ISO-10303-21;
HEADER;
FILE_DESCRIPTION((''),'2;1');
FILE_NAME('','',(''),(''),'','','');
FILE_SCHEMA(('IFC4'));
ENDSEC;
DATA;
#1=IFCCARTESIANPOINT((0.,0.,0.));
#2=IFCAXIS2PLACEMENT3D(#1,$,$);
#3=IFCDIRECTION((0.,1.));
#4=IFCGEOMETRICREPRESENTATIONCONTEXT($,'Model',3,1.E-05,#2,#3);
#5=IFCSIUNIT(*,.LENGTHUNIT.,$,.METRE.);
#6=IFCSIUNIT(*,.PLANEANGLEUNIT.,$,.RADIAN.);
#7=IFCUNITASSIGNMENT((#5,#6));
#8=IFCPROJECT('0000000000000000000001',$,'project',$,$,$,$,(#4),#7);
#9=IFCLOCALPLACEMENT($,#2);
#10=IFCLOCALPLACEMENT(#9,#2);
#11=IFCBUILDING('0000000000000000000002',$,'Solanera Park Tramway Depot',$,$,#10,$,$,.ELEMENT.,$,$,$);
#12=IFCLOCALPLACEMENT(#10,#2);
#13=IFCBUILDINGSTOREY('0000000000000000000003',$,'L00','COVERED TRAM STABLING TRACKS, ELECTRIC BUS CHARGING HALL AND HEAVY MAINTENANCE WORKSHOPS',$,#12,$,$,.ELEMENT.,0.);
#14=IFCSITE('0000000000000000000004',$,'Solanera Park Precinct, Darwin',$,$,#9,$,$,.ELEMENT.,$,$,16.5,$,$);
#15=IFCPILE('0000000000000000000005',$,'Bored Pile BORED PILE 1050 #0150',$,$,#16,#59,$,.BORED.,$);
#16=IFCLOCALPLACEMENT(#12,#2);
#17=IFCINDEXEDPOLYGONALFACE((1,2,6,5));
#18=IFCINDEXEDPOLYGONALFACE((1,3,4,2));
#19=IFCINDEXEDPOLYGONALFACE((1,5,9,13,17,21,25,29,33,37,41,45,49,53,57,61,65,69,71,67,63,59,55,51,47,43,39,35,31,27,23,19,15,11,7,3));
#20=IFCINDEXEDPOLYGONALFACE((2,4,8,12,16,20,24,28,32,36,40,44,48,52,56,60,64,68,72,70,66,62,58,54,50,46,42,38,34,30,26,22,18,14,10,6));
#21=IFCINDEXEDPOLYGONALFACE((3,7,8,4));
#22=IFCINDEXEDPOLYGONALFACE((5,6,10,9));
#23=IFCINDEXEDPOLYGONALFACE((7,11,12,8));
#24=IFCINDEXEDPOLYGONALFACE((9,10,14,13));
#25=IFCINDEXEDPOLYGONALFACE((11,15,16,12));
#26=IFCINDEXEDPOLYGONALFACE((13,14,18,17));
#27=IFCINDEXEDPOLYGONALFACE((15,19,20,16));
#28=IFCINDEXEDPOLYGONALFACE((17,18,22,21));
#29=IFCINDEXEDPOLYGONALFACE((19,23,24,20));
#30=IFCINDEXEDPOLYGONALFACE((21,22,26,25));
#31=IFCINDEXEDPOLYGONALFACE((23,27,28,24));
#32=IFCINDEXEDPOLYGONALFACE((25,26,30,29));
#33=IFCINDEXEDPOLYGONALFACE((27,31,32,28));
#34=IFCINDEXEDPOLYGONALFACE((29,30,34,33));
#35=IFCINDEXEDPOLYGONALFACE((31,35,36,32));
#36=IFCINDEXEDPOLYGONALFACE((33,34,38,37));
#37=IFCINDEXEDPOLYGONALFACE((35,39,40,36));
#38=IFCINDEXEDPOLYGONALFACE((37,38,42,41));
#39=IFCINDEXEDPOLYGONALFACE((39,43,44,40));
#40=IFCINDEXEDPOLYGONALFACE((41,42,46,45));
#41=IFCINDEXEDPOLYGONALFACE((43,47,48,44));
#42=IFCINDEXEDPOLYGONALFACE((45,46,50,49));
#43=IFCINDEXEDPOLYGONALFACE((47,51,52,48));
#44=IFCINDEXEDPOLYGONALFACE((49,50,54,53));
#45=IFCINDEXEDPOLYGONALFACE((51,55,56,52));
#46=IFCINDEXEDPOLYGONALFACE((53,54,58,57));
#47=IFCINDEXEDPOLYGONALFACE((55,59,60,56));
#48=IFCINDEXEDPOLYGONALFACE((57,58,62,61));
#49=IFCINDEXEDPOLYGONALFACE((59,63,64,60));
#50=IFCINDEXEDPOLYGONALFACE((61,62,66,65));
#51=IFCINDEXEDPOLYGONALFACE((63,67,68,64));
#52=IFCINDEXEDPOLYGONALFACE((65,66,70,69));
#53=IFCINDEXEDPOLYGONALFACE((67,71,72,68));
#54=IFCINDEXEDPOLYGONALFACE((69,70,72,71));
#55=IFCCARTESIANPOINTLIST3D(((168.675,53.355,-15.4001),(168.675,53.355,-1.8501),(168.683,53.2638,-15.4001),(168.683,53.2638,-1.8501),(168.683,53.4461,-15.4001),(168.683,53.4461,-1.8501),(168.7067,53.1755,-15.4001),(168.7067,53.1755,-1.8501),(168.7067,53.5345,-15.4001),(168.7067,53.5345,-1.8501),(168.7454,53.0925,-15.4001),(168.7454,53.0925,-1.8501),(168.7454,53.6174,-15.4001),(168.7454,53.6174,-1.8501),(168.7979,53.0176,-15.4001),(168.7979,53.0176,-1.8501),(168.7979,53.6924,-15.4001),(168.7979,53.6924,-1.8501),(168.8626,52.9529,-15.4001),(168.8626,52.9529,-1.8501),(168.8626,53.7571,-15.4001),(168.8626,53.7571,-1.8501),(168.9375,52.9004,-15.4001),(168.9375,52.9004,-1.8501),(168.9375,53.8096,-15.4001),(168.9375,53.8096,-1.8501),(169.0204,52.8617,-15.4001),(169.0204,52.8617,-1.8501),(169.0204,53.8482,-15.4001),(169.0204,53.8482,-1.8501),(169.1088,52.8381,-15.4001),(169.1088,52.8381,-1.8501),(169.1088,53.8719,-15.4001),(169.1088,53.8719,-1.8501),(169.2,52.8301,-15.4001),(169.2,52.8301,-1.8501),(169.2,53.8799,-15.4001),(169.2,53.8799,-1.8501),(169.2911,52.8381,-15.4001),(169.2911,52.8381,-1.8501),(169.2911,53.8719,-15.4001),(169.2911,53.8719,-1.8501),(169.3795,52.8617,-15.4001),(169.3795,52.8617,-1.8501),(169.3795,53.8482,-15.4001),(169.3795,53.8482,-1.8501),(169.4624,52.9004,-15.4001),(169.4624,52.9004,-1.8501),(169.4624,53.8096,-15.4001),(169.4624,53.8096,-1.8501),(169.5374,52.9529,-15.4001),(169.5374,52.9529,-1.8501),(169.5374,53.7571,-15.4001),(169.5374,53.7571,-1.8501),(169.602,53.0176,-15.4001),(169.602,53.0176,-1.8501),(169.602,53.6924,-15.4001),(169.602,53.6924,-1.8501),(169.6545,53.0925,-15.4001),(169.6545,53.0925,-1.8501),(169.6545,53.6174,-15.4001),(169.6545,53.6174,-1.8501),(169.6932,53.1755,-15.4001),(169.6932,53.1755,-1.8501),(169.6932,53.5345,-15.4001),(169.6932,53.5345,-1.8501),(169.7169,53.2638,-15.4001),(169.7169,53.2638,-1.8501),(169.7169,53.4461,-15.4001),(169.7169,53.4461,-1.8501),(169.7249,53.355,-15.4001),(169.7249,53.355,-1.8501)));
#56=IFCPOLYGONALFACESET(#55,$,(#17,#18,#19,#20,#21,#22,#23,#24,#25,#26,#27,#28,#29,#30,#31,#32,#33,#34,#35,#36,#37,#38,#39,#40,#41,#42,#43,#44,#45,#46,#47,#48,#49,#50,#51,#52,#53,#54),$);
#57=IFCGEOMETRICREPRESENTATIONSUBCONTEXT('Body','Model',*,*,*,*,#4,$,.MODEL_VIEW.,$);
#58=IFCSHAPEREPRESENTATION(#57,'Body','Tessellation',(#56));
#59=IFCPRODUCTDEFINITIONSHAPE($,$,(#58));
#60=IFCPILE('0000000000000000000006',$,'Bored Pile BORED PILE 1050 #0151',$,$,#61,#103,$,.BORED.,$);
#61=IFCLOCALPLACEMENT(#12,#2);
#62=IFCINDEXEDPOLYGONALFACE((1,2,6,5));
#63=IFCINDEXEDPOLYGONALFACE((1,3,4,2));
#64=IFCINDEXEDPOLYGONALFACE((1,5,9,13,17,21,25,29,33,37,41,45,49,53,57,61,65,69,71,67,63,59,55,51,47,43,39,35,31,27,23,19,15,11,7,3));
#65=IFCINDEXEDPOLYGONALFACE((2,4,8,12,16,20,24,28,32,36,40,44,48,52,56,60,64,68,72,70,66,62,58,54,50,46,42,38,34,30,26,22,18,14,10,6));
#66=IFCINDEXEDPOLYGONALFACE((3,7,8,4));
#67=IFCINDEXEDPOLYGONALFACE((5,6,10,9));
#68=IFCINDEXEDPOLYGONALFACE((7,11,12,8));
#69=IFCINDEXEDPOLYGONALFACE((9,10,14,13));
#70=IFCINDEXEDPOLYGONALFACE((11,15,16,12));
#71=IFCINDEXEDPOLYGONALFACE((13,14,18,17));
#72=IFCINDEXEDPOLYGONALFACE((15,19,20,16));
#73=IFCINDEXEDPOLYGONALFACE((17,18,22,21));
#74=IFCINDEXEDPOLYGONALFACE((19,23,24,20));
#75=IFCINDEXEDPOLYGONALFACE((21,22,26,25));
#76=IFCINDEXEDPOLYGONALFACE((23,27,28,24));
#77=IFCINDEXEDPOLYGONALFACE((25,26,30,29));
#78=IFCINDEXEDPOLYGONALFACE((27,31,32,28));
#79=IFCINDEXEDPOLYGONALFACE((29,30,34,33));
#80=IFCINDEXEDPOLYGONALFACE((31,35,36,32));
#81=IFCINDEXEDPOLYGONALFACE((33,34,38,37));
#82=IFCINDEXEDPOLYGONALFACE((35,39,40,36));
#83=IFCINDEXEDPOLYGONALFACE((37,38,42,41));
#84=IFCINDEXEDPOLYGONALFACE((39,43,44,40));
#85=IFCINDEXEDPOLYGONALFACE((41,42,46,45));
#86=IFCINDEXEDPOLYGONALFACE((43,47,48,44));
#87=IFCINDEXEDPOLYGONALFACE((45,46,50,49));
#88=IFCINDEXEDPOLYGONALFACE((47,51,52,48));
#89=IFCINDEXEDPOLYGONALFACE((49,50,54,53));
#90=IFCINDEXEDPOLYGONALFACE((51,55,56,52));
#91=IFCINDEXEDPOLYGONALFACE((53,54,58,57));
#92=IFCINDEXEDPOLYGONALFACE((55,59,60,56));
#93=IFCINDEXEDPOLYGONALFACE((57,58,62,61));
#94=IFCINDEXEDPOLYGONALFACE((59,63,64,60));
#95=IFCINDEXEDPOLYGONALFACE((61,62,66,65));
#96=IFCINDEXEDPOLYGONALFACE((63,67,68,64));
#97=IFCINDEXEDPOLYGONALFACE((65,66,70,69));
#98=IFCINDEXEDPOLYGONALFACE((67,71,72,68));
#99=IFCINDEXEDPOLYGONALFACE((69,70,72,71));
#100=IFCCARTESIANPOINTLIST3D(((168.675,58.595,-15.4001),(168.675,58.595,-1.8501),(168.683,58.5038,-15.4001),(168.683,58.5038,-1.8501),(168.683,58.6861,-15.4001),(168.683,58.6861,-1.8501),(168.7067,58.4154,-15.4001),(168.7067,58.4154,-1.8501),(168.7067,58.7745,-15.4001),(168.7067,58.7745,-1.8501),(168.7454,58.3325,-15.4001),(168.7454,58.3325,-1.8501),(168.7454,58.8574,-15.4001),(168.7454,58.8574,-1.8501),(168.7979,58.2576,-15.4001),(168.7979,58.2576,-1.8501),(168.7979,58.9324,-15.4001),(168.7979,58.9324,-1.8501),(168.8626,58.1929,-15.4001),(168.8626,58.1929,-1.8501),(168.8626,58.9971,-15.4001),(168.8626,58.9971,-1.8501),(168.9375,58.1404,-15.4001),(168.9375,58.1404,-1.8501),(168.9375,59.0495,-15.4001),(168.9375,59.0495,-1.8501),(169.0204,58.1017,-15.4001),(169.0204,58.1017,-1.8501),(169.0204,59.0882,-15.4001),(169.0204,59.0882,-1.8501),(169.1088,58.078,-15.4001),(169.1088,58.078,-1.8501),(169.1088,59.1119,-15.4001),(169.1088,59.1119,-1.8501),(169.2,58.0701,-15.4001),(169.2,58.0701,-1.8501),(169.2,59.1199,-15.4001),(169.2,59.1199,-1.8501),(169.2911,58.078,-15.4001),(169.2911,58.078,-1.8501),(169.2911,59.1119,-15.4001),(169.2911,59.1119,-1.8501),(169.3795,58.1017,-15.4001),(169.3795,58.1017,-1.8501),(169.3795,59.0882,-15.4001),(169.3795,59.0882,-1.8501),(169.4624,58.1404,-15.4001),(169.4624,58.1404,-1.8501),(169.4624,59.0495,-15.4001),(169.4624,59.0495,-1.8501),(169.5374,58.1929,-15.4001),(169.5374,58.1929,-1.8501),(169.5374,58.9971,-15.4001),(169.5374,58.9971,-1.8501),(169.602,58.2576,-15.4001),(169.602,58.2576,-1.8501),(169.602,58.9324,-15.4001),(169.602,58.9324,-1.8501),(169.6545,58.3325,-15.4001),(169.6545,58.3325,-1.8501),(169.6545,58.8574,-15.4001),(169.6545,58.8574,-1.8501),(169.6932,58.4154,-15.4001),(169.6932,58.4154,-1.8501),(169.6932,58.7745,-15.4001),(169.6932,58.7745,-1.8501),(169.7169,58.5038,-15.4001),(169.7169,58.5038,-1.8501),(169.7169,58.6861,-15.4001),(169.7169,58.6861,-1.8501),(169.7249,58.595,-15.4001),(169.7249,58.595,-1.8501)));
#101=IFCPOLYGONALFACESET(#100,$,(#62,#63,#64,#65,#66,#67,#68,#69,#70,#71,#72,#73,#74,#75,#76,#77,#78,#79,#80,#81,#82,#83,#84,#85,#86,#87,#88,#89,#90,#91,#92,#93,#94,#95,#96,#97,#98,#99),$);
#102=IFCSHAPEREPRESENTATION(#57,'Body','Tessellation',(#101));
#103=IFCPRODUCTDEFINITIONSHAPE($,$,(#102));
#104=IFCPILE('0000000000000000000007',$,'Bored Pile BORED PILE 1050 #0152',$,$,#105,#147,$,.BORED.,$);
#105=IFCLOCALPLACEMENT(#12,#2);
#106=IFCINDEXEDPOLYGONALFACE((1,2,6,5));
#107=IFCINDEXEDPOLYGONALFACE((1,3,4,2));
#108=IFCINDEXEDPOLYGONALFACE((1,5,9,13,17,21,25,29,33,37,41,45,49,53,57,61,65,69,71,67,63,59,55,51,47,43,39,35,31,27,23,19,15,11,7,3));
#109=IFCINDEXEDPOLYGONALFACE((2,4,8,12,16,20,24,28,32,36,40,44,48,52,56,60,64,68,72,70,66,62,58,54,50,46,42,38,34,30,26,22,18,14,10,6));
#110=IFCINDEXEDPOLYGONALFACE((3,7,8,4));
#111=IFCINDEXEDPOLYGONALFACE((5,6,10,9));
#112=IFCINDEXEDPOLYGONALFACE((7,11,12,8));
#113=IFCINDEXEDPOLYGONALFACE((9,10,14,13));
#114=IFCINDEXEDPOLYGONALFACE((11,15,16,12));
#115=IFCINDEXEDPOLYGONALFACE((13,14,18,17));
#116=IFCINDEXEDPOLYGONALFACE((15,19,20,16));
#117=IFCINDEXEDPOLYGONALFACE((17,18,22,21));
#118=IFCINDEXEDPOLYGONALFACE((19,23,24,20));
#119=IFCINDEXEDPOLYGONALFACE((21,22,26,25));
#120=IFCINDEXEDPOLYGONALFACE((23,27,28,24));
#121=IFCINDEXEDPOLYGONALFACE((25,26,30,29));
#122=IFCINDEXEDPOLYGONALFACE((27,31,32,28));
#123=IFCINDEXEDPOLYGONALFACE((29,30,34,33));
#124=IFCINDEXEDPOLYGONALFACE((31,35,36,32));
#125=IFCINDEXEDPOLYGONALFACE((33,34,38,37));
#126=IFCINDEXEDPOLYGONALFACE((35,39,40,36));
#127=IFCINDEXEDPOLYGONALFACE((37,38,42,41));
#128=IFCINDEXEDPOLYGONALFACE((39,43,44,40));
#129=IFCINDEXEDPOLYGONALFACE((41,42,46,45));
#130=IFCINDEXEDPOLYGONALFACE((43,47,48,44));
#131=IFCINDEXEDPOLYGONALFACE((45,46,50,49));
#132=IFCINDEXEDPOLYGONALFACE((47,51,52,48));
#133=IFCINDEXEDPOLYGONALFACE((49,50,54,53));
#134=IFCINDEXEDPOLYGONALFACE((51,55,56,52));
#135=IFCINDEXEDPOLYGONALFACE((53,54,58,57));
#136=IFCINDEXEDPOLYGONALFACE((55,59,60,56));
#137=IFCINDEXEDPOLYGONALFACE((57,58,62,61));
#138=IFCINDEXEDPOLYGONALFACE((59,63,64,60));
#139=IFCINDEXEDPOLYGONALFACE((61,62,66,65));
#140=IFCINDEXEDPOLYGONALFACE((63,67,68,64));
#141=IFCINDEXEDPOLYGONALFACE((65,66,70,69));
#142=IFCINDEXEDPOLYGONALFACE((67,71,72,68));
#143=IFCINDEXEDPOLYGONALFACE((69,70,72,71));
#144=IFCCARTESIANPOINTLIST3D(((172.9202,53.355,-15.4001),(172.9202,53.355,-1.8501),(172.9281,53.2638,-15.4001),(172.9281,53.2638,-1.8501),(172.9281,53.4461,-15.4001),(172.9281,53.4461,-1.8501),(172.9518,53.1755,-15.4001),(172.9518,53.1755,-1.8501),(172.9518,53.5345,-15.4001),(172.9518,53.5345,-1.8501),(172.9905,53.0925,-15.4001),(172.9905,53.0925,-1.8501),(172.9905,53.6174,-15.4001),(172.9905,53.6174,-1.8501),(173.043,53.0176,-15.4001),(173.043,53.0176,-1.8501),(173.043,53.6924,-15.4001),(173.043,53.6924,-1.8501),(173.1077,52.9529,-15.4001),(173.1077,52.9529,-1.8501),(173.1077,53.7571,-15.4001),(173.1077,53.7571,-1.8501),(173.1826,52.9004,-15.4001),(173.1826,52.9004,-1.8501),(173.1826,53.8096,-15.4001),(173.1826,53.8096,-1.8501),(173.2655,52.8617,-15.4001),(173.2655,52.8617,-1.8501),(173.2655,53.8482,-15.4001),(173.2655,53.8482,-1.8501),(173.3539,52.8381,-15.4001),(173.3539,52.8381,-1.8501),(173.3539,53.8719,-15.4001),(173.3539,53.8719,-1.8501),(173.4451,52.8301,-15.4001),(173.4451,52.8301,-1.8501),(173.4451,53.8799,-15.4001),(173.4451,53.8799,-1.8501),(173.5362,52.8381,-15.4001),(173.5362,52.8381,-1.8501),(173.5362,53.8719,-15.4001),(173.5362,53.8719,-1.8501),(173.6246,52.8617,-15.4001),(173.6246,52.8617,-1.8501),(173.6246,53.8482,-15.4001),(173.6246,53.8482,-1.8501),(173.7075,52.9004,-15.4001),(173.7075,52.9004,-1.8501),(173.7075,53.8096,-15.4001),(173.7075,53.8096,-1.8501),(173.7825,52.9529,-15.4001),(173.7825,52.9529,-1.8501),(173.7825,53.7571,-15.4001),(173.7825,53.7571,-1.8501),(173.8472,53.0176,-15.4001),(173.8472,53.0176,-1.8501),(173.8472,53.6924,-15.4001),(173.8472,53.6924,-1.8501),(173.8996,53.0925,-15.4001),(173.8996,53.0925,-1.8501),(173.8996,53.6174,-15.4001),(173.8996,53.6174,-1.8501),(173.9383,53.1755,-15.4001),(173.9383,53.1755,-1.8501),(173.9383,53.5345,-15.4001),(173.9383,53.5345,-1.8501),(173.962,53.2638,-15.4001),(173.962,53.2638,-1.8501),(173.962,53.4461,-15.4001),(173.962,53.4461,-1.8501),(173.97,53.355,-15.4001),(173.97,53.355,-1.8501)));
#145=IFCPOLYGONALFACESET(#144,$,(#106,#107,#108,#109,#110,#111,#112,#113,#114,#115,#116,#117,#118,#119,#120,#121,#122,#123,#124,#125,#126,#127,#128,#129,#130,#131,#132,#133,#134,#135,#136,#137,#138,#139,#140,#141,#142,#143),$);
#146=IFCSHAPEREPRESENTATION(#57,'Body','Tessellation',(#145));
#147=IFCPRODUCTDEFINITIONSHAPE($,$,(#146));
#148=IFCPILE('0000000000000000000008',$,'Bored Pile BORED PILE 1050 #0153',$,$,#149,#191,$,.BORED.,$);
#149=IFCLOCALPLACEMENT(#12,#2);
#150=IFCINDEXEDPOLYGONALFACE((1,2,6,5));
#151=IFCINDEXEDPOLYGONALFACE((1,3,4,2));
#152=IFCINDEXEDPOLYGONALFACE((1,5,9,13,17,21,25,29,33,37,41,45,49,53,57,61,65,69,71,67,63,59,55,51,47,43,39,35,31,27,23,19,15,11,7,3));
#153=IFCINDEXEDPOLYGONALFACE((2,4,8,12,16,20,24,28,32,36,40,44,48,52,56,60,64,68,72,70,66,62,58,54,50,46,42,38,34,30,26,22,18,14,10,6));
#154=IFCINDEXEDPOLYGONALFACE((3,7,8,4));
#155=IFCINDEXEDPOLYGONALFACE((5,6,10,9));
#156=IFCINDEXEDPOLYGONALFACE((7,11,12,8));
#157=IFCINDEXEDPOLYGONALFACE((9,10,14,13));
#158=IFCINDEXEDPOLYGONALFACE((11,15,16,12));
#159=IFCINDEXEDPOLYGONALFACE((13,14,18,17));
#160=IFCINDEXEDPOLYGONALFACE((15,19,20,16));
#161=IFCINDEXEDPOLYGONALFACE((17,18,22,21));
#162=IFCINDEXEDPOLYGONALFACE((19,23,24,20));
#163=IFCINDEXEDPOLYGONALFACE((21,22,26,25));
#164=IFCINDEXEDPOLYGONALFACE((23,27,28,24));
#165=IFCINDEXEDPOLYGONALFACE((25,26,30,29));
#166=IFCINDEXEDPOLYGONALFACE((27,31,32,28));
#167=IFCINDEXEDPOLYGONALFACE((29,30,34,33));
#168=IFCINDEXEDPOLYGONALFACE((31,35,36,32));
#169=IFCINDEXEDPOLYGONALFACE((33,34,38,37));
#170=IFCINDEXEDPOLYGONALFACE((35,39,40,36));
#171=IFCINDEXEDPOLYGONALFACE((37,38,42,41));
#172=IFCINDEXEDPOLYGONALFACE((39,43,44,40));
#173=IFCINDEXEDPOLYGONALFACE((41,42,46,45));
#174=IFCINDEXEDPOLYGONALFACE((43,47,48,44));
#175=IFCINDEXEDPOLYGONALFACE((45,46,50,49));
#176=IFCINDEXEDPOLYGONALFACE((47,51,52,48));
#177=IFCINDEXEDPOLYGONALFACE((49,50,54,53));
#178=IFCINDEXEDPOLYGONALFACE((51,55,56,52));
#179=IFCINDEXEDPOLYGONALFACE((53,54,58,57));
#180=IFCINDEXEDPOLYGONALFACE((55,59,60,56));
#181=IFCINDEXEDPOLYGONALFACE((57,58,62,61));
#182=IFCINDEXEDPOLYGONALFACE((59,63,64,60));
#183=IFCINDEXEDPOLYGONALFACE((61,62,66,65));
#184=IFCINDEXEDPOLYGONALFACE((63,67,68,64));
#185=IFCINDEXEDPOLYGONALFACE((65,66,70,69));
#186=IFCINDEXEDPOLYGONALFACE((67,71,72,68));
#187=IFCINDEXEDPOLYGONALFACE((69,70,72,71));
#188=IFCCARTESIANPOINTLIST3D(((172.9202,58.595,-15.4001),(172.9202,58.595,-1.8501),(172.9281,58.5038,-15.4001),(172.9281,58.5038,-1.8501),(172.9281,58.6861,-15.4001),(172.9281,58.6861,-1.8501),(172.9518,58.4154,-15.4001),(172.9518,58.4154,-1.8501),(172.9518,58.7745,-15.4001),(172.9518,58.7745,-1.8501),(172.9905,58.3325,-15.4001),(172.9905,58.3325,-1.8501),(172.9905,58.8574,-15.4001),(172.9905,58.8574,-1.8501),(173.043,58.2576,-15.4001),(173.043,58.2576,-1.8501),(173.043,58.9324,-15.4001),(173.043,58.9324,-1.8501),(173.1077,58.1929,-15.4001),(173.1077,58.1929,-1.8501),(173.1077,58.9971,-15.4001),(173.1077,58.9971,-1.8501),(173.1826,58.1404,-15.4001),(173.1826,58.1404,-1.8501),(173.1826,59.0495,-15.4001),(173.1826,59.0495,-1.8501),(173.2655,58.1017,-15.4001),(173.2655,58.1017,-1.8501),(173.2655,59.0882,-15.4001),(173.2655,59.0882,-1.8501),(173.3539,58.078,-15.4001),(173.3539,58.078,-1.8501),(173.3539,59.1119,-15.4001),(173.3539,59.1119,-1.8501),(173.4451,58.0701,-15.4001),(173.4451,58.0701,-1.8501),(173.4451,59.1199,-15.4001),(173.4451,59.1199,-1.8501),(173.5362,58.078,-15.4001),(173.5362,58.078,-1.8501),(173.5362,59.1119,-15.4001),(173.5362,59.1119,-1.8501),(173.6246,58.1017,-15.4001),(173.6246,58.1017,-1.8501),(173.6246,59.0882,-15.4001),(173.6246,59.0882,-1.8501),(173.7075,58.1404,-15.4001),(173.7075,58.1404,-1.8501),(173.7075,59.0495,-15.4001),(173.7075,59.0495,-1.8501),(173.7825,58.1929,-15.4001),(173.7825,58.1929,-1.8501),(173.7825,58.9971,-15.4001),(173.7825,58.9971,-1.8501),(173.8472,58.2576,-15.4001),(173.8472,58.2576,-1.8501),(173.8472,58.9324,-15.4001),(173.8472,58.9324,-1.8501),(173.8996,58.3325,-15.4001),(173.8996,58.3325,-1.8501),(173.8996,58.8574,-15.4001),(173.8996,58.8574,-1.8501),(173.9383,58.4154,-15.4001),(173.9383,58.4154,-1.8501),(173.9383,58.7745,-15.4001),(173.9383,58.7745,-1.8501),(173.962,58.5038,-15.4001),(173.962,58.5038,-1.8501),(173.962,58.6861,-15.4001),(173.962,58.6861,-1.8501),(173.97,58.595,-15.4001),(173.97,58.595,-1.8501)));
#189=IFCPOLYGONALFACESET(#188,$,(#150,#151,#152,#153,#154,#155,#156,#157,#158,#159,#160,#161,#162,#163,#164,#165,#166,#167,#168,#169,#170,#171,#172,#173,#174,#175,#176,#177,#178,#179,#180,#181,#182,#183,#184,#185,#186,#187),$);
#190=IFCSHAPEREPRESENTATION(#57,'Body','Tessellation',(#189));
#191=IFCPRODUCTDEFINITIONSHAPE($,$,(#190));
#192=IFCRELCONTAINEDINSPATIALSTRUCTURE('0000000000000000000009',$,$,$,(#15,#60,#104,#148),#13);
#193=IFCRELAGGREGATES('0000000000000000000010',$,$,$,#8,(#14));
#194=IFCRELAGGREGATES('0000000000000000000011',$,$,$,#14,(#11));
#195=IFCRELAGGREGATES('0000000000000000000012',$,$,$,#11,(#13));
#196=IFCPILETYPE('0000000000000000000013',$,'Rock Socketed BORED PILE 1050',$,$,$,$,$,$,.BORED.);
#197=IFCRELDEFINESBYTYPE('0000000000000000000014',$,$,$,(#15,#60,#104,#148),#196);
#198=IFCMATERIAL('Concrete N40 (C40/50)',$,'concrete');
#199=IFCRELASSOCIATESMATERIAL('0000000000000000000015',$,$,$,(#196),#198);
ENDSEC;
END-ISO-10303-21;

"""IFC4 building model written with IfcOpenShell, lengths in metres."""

from ifc_helpers import new_model, si_unit, direction, frame, origin, origin_2d, place, context, subcontext, project, spatial, circle, extrude, material, material_profile, profile_set, type_object, element, save


model = new_model("IFC4")

# Units and contexts
model_context = context("Model", 3, precision=1e-05, world=origin(), true_north=direction((0.0, 1.0)))
body_context = subcontext(model_context, "Body", "Model", "MODEL_VIEW")
ifc_project = project(units=[si_unit("LENGTHUNIT", "METRE"), si_unit("PLANEANGLEUNIT", "RADIAN")], contexts=[model_context])

# Site, building, storey
site_placement = place(None, origin())
site = spatial("IfcSite", under=ifc_project, at=site_placement, Name="Solanera Park Precinct, Darwin", CompositionType="ELEMENT", RefElevation=16.5)
building_placement = place(site_placement, origin())
building = spatial("IfcBuilding", under=site, at=building_placement, Name="Solanera Park Tramway Depot", CompositionType="ELEMENT")
storey_placement = place(building_placement, origin())
storey = spatial("IfcBuildingStorey", under=building, at=storey_placement, Name="L00", Description="COVERED TRAM STABLING TRACKS, ELECTRIC BUS CHARGING HALL AND HEAVY MAINTENANCE WORKSHOPS", CompositionType="ELEMENT", Elevation=0.0)

# Piles
ifc_material_1 = material(Name="Concrete N40 (C40/50)", Category="concrete")
ifc_material_profile_1 = material_profile(ifc_material_1, circle(Radius=0.5249, at=origin_2d()), Name="BORED PILE 1050")
ifc_profile_set_1 = profile_set([ifc_material_profile_1], Name="Concrete N40 (C40/50)")
pile_type_1 = type_object("IfcPileType", Name="Rock Socketed BORED PILE 1050", PredefinedType="BORED", material=ifc_profile_set_1)
for number, where, z_axis, x_axis, name in (
    (1, (169.2, 53.355, -1.8501), (0.0, 0.0, -1.0), (1.0, 0.0, 0.0), "Bored Pile BORED PILE 1050 #0150"),
    (2, (169.2, 58.595, -1.8501), (0.0, 0.0, -1.0), (1.0, 0.0, 0.0), "Bored Pile BORED PILE 1050 #0151"),
    (3, (173.4451, 53.355, -1.8501), (0.0, 0.0, -1.0), (1.0, 0.0, 0.0), "Bored Pile BORED PILE 1050 #0152"),
    (4, (173.4451, 58.595, -1.8501), (0.0, 0.0, -1.0), (1.0, 0.0, 0.0), "Bored Pile BORED PILE 1050 #0153"),
):
    element("IfcPile", number, at=place(storey_placement, frame(where, z_axis=z_axis, x_axis=x_axis)), inside=storey, type_object=pile_type_1, Name=name, PredefinedType="BORED", context=body_context, shape_type="SweptSolid", body=[
        extrude(circle(Radius=0.5249, at=origin_2d()), origin(), (0.0, 0.0, 1.0), 13.55),
    ])

save(model, "model.ifc")
